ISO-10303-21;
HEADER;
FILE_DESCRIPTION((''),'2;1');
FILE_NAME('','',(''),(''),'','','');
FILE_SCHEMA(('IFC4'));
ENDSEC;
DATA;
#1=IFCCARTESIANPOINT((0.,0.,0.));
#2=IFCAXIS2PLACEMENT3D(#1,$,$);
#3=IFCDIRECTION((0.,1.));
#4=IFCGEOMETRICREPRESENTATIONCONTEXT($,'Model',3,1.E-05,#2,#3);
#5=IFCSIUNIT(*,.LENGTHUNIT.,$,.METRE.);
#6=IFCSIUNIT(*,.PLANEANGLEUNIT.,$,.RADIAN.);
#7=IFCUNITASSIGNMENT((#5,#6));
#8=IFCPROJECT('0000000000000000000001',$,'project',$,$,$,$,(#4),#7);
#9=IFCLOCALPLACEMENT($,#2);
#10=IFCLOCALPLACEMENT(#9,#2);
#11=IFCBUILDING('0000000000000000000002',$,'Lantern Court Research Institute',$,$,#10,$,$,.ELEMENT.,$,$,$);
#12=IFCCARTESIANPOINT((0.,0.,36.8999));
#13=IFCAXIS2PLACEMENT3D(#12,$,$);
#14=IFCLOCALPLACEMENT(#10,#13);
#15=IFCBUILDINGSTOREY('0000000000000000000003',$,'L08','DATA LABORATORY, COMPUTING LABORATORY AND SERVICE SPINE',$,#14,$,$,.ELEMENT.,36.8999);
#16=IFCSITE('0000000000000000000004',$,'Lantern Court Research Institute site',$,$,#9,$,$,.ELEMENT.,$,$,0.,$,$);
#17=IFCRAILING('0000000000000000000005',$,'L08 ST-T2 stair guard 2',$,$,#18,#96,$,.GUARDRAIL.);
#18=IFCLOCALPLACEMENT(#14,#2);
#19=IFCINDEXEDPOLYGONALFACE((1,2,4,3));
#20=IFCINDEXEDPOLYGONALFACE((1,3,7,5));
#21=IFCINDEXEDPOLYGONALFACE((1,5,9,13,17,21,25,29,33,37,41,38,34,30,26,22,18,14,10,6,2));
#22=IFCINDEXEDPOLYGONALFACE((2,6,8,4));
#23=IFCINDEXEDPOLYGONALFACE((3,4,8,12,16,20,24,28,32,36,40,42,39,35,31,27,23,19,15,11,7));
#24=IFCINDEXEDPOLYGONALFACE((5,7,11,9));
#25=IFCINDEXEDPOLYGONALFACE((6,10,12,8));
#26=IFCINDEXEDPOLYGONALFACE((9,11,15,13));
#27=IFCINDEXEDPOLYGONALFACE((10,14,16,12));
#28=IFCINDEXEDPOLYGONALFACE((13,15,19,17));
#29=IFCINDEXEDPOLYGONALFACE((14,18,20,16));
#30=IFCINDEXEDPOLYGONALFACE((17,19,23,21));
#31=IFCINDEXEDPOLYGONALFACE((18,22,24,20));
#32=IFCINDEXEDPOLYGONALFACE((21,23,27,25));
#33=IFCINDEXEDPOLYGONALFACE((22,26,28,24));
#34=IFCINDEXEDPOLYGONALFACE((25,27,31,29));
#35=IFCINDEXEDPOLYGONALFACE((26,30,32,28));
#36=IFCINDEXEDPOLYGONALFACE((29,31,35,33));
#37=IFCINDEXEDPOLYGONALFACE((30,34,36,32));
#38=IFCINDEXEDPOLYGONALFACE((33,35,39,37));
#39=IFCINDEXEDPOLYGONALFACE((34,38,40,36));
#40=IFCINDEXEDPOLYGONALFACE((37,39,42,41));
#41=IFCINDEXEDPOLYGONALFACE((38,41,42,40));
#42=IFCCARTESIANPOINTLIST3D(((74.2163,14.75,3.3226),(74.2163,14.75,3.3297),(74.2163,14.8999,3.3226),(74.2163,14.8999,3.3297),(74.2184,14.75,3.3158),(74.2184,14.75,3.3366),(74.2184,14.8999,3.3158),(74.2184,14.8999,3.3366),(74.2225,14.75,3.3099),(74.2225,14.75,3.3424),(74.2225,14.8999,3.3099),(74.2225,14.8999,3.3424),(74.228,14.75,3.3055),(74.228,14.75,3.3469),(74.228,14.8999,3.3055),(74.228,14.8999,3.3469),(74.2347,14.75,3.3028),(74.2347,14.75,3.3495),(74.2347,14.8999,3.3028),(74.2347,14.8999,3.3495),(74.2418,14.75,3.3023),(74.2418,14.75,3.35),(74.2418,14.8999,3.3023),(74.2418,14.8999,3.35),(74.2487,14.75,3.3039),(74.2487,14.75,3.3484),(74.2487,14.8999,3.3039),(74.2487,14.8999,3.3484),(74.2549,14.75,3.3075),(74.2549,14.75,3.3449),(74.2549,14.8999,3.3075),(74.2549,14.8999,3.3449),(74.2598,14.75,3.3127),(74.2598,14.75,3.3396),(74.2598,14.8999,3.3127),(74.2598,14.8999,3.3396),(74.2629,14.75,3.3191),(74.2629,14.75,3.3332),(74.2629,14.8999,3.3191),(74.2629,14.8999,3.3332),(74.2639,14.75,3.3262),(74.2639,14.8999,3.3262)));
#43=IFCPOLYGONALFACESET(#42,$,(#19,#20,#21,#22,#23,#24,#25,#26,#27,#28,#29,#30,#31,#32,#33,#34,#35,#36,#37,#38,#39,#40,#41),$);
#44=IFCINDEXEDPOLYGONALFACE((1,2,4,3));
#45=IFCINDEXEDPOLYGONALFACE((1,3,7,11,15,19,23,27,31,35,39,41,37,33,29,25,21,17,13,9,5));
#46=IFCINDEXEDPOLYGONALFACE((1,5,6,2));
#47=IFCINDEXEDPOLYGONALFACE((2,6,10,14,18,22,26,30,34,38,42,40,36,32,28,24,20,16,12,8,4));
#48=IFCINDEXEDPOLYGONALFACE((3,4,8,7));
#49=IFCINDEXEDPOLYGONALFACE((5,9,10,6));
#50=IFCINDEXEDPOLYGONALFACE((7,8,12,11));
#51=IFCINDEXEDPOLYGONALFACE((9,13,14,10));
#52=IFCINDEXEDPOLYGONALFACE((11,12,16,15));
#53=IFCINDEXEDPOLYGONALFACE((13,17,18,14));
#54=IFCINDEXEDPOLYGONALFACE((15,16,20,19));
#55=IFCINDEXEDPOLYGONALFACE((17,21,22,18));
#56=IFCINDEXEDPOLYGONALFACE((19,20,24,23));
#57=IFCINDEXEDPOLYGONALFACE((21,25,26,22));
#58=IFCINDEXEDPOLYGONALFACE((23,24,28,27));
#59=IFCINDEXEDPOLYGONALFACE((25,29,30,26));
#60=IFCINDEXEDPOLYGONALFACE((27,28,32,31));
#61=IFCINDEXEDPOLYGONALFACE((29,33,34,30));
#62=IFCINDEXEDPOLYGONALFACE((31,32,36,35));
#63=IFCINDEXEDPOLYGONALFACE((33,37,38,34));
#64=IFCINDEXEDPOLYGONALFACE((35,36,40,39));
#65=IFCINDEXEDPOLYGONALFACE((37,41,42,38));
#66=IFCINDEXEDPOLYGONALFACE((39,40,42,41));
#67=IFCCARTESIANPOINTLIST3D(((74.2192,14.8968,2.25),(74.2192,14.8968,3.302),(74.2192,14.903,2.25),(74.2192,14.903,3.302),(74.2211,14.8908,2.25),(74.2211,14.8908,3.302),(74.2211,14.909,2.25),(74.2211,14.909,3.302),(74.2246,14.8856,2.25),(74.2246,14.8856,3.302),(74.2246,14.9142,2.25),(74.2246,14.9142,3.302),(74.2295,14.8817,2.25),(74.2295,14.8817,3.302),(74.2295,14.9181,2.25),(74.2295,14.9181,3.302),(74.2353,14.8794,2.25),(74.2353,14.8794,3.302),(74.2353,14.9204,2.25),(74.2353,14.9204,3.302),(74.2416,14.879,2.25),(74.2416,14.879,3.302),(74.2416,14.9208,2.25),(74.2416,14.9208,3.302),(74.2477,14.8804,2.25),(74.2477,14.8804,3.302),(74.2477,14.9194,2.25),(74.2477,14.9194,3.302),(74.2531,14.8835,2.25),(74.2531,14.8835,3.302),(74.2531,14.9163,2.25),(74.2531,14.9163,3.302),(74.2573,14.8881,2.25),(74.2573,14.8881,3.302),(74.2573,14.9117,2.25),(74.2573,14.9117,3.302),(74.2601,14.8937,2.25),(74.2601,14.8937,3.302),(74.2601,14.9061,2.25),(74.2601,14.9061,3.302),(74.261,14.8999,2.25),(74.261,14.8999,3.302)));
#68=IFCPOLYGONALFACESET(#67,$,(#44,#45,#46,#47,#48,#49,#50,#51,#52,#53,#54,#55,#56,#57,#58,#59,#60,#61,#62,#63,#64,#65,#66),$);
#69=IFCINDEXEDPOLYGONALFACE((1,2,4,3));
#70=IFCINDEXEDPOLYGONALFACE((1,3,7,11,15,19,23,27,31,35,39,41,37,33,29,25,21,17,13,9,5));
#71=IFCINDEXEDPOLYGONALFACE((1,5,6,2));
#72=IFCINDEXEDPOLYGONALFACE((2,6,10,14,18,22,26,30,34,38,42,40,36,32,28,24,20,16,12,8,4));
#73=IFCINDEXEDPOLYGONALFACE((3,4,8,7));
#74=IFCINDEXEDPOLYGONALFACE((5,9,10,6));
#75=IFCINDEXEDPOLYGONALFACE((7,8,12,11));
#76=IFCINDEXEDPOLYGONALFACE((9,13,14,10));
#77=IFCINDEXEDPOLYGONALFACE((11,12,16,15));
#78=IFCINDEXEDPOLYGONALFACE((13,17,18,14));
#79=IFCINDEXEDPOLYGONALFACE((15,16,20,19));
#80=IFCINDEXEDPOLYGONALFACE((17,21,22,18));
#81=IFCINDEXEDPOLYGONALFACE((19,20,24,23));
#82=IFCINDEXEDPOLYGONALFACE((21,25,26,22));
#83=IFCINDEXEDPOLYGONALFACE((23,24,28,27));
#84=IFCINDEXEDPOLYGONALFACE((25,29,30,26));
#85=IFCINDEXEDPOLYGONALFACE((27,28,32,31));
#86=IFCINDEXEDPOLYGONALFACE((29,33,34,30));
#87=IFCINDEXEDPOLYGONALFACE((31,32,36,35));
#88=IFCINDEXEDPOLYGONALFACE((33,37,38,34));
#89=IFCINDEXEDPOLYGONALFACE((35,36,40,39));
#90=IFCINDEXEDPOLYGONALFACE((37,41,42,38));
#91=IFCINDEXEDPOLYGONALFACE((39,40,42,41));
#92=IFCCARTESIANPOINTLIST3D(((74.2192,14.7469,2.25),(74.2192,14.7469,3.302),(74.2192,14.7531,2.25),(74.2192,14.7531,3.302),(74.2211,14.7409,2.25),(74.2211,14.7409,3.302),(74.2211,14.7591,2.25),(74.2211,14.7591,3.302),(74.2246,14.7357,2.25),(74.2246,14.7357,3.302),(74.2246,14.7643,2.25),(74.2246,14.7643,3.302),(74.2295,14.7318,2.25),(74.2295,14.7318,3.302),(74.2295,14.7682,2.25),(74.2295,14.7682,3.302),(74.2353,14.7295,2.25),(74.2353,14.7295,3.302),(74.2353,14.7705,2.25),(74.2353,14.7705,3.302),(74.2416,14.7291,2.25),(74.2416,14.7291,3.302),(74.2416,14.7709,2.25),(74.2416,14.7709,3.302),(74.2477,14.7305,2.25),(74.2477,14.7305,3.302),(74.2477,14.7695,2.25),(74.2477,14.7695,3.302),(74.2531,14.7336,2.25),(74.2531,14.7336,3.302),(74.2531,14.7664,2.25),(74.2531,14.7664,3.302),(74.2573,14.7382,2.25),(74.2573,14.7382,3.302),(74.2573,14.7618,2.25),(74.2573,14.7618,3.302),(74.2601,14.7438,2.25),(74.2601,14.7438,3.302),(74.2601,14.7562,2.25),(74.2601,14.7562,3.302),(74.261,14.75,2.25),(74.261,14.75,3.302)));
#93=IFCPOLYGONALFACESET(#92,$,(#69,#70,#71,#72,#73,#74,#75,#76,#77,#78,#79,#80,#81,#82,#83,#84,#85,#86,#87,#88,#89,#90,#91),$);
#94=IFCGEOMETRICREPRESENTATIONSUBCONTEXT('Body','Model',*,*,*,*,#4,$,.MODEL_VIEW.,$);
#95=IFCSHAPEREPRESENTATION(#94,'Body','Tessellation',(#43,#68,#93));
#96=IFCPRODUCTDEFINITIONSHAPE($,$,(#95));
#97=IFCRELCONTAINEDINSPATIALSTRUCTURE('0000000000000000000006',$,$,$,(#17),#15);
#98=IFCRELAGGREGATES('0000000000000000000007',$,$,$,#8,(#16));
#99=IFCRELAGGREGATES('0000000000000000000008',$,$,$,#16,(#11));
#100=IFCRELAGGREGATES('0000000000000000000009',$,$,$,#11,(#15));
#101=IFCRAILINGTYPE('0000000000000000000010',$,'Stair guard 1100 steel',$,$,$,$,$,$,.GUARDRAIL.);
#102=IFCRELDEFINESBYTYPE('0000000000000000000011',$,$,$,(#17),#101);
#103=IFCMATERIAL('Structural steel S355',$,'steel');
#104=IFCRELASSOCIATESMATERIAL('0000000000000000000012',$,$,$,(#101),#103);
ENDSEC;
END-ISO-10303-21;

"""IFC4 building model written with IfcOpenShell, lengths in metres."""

from ifc_helpers import new_model, si_unit, direction, frame, origin, origin_2d, place, context, subcontext, project, spatial, circle, extrude, material, type_object, element, save


model = new_model("IFC4")

# Units and contexts
model_context = context("Model", 3, precision=1e-05, world=origin(), true_north=direction((0.0, 1.0)))
body_context = subcontext(model_context, "Body", "Model", "MODEL_VIEW")
ifc_project = project(units=[si_unit("LENGTHUNIT", "METRE"), si_unit("PLANEANGLEUNIT", "RADIAN")], contexts=[model_context])

# Site, building, storey
site_placement = place(None, origin())
site = spatial("IfcSite", under=ifc_project, at=site_placement, Name="Lantern Court Research Institute site", CompositionType="ELEMENT", RefElevation=0.0)
building_placement = place(site_placement, origin())
building = spatial("IfcBuilding", under=site, at=building_placement, Name="Lantern Court Research Institute", CompositionType="ELEMENT")
storey_placement = place(building_placement, frame((0.0, 0.0, 36.8999)))
storey = spatial("IfcBuildingStorey", under=building, at=storey_placement, Name="L08", Description="DATA LABORATORY, COMPUTING LABORATORY AND SERVICE SPINE", CompositionType="ELEMENT", Elevation=36.8999)

# Railing
ifc_material_1 = material(Name="Structural steel S355", Category="steel")
railing_type = type_object("IfcRailingType", Name="Stair guard 1100 steel", PredefinedType="GUARDRAIL", material=ifc_material_1)
railing_placement = place(storey_placement, frame((74.24, 14.8999, 2.25)))
element("IfcRailing", 1, at=railing_placement, inside=storey, type_object=railing_type, Name="L08 ST-T2 stair guard 2", PredefinedType="GUARDRAIL", context=body_context, shape_type="SweptSolid", body=[
    extrude(circle(Radius=0.0239, at=origin_2d()), frame((0.0, 0.0, 1.0762), z_axis=(0.0, -1.0, 0.0), x_axis=(1.0, 0.0, 0.0)), (0.0, 0.0, 1.0), 0.1499),
    extrude(circle(Radius=0.021, at=origin_2d()), origin(), (0.0, 0.0, 1.0), 1.052),
    extrude(circle(Radius=0.021, at=origin_2d()), frame((0.0, -0.1499, 0.0)), (0.0, 0.0, 1.0), 1.052),
])

save(model, "model.ifc")
